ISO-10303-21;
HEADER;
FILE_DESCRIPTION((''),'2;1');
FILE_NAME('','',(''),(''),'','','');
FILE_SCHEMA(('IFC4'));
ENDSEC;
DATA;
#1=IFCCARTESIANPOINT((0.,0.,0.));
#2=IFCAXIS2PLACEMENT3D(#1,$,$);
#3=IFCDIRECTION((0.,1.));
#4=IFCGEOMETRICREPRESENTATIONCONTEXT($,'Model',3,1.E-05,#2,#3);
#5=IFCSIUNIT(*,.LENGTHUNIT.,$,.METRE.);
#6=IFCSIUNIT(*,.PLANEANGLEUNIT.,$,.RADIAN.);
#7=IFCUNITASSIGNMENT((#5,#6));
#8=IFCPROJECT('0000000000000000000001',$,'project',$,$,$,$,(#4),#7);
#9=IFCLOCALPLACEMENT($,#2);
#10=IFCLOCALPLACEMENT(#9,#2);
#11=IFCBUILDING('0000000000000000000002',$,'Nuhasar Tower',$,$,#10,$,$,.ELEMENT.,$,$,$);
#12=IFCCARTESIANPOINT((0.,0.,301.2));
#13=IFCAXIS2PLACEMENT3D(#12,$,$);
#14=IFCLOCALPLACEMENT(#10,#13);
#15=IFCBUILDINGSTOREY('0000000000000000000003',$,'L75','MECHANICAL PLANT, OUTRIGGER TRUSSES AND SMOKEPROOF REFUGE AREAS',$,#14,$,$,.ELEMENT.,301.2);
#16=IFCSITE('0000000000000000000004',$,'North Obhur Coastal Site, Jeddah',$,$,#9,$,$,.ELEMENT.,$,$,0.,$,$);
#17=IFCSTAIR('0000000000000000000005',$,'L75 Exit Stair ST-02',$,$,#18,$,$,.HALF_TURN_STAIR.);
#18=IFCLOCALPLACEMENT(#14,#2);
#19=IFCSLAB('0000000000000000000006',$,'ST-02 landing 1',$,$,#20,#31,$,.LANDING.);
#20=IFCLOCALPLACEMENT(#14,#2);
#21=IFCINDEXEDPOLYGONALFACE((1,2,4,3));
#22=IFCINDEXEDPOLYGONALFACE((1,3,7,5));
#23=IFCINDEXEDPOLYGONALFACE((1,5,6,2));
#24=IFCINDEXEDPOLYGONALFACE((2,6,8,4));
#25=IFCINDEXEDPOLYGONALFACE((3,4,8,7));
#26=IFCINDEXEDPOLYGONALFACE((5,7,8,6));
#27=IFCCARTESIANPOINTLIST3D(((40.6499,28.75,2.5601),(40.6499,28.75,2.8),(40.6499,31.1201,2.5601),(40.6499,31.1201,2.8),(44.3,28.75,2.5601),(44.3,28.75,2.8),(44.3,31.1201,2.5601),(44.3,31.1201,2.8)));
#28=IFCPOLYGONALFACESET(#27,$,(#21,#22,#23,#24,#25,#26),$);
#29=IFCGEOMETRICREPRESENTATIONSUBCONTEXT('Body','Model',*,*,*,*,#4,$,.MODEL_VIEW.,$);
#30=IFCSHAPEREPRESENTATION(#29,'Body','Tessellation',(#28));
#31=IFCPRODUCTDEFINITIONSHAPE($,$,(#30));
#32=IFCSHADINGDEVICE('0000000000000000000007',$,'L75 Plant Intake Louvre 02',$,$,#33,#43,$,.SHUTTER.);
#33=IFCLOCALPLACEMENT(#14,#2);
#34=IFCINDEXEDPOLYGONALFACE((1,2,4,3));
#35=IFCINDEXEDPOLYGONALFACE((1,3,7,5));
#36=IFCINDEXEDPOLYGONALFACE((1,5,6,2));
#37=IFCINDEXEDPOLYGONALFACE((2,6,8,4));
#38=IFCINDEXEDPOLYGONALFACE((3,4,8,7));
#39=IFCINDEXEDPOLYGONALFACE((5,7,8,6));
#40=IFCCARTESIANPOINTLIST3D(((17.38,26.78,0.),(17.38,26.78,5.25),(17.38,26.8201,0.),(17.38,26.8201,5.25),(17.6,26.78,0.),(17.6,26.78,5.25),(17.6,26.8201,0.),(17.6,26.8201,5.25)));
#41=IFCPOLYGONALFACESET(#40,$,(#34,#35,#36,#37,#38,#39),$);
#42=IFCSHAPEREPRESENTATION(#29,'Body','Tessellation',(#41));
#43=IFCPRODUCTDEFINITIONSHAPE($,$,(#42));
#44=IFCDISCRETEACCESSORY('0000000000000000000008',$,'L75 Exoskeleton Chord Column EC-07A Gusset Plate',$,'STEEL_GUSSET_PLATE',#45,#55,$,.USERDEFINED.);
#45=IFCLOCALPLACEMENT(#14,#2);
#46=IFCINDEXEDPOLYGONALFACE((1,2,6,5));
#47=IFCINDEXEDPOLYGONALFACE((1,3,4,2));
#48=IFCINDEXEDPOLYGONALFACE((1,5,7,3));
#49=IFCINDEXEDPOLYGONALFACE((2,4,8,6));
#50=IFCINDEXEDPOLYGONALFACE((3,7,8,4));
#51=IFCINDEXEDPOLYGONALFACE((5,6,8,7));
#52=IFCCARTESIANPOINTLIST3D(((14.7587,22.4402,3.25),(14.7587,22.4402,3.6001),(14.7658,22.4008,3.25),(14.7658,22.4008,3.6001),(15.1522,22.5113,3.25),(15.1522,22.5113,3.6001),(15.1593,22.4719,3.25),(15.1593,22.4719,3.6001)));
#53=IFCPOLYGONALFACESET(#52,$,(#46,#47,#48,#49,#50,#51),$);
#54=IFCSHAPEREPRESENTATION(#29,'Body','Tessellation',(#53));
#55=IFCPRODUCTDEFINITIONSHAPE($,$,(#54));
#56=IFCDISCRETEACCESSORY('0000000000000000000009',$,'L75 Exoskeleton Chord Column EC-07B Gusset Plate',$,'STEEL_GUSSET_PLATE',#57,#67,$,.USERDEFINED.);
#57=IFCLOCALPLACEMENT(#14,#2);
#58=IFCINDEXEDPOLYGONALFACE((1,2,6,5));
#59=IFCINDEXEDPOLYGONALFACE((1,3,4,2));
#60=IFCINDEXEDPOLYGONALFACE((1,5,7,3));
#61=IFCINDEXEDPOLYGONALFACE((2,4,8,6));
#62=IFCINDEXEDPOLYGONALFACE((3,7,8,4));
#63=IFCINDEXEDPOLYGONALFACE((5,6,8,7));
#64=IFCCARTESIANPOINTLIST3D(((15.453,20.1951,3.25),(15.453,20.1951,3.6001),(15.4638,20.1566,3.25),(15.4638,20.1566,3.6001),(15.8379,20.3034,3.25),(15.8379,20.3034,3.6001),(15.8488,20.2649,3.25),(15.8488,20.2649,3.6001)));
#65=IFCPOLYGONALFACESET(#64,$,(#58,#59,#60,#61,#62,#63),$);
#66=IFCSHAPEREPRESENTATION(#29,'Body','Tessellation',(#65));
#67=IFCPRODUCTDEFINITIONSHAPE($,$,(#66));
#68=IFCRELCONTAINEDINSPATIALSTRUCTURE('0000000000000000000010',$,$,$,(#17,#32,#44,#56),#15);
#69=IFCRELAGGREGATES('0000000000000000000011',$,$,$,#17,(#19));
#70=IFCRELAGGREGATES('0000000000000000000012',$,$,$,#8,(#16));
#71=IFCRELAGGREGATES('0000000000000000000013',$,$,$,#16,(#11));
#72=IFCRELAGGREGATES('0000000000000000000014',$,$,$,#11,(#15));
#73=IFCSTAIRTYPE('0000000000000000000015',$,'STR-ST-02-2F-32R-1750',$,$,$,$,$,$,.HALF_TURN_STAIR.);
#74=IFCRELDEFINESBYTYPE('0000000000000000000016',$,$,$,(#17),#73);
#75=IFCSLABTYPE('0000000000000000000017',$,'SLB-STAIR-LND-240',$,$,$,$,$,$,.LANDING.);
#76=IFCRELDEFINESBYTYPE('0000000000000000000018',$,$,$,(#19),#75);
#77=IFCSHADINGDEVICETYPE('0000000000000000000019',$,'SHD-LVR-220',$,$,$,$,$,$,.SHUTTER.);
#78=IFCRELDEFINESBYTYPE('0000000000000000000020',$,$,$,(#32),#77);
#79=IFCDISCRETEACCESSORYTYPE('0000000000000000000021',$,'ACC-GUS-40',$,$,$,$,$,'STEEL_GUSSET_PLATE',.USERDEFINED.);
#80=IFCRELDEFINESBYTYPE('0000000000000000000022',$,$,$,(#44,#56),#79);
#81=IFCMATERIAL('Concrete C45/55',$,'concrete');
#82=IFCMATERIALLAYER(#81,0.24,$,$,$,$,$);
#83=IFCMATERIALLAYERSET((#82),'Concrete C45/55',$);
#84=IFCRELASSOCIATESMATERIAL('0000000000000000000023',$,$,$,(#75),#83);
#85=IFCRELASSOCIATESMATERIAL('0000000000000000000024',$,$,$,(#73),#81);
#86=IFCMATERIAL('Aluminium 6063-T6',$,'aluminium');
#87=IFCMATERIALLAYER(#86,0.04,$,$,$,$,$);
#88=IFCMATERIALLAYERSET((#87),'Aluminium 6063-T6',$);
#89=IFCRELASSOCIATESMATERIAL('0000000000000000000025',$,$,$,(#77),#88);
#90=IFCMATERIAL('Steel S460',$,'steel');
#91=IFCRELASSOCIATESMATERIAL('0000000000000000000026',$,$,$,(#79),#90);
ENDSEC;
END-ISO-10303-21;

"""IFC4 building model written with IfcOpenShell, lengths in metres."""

from ifc_helpers import new_model, si_unit, direction, frame, origin, origin_2d, place, context, subcontext, project, spatial, polyline, rectangle, outline, extrude, material, layer, layer_set, type_object, element, aggregate, save


model = new_model("IFC4")

# Units and contexts
model_context = context("Model", 3, precision=1e-05, world=origin(), true_north=direction((0.0, 1.0)))
body_context = subcontext(model_context, "Body", "Model", "MODEL_VIEW")
ifc_project = project(units=[si_unit("LENGTHUNIT", "METRE"), si_unit("PLANEANGLEUNIT", "RADIAN")], contexts=[model_context])

# Site, building, storey
site_placement = place(None, origin())
site = spatial("IfcSite", under=ifc_project, at=site_placement, Name="North Obhur Coastal Site, Jeddah", CompositionType="ELEMENT", RefElevation=0.0)
building_placement = place(site_placement, origin())
building = spatial("IfcBuilding", under=site, at=building_placement, Name="Nuhasar Tower", CompositionType="ELEMENT")
storey_placement = place(building_placement, frame((0.0, 0.0, 301.2)))
storey = spatial("IfcBuildingStorey", under=building, at=storey_placement, Name="L75", Description="MECHANICAL PLANT, OUTRIGGER TRUSSES AND SMOKEPROOF REFUGE AREAS", CompositionType="ELEMENT", Elevation=301.2)

# Shared definitions
ifc_material_1 = material(Name="Steel S460", Category="steel")

# Shared definitions
ifc_material_2 = material(Name="Aluminium 6063-T6", Category="aluminium")

# Stair, slab
ifc_material_3 = material(Name="Concrete C45/55", Category="concrete")
ifc_layer_1 = layer(ifc_material_3, 0.24)
ifc_layer_set_1 = layer_set([ifc_layer_1], Name="Concrete C45/55")
slab_type_1 = type_object("IfcSlabType", Name="SLB-STAIR-LND-240", PredefinedType="LANDING", material=ifc_layer_set_1)
stair_type_1 = type_object("IfcStairType", Name="STR-ST-02-2F-32R-1750", PredefinedType="HALF_TURN_STAIR", material=ifc_material_3)
stair_1_placement = place(storey_placement, origin())
stair_1 = element("IfcStair", 1, at=stair_1_placement, inside=storey, type_object=stair_type_1, Name="L75 Exit Stair ST-02", PredefinedType="HALF_TURN_STAIR")
slab_1_placement = place(storey_placement, frame((0.0, 0.0, 2.5601)))
slab_1 = element("IfcSlab", 2, at=slab_1_placement, type_object=slab_type_1, Name="ST-02 landing 1", PredefinedType="LANDING", context=body_context, shape_type="SweptSolid", body=[
    extrude(outline(polyline([(40.6499, 28.75), (44.3, 28.75), (44.3, 31.1201), (40.6499, 31.1201), (40.6499, 28.75)])), origin(), (0.0, 0.0, 1.0), 0.24),
])
aggregate(stair_1, [slab_1])

# Shading device
ifc_layer_2 = layer(ifc_material_2, 0.04)
ifc_layer_set_2 = layer_set([ifc_layer_2], Name="Aluminium 6063-T6")
shading_device_type = type_object("IfcShadingDeviceType", Name="SHD-LVR-220", PredefinedType="SHUTTER", material=ifc_layer_set_2)
shading_device_placement = place(storey_placement, frame((17.49, 26.8, 0.0), z_axis=(0.0, 0.0, 1.0), x_axis=(-1.0, 0.0, 0.0)))
element("IfcShadingDevice", 3, at=shading_device_placement, inside=storey, type_object=shading_device_type, Name="L75 Plant Intake Louvre 02", PredefinedType="SHUTTER", context=body_context, shape_type="SweptSolid", body=[
    extrude(rectangle(XDim=0.22, YDim=0.04, at=origin_2d()), origin(), (0.0, 0.0, 1.0), 5.25),
])

# Discrete accessories
discrete_accessory_type = type_object("IfcDiscreteAccessoryType", Name="ACC-GUS-40", ElementType="STEEL_GUSSET_PLATE", PredefinedType="USERDEFINED", material=ifc_material_1)
for number, where, z_axis, x_axis, name in (
    (4, (14.959, 22.4561, 3.25), (0.0, 0.0, 1.0), (-0.984062, -0.177823, 0.0), "L75 Exoskeleton Chord Column EC-07A Gusset Plate"),
    (5, (15.6509, 20.23, 3.25), (0.0, 0.0, 1.0), (-0.962621, -0.270852, 0.0), "L75 Exoskeleton Chord Column EC-07B Gusset Plate"),
):
    element("IfcDiscreteAccessory", number, at=place(storey_placement, frame(where, z_axis=z_axis, x_axis=x_axis)), inside=storey, type_object=discrete_accessory_type, Name=name, ObjectType="STEEL_GUSSET_PLATE", PredefinedType="USERDEFINED", context=body_context, shape_type="SweptSolid", body=[
        extrude(rectangle(XDim=0.3999, YDim=0.04, at=origin_2d()), origin(), (0.0, 0.0, 1.0), 0.3501),
    ])

save(model, "model.ifc")
